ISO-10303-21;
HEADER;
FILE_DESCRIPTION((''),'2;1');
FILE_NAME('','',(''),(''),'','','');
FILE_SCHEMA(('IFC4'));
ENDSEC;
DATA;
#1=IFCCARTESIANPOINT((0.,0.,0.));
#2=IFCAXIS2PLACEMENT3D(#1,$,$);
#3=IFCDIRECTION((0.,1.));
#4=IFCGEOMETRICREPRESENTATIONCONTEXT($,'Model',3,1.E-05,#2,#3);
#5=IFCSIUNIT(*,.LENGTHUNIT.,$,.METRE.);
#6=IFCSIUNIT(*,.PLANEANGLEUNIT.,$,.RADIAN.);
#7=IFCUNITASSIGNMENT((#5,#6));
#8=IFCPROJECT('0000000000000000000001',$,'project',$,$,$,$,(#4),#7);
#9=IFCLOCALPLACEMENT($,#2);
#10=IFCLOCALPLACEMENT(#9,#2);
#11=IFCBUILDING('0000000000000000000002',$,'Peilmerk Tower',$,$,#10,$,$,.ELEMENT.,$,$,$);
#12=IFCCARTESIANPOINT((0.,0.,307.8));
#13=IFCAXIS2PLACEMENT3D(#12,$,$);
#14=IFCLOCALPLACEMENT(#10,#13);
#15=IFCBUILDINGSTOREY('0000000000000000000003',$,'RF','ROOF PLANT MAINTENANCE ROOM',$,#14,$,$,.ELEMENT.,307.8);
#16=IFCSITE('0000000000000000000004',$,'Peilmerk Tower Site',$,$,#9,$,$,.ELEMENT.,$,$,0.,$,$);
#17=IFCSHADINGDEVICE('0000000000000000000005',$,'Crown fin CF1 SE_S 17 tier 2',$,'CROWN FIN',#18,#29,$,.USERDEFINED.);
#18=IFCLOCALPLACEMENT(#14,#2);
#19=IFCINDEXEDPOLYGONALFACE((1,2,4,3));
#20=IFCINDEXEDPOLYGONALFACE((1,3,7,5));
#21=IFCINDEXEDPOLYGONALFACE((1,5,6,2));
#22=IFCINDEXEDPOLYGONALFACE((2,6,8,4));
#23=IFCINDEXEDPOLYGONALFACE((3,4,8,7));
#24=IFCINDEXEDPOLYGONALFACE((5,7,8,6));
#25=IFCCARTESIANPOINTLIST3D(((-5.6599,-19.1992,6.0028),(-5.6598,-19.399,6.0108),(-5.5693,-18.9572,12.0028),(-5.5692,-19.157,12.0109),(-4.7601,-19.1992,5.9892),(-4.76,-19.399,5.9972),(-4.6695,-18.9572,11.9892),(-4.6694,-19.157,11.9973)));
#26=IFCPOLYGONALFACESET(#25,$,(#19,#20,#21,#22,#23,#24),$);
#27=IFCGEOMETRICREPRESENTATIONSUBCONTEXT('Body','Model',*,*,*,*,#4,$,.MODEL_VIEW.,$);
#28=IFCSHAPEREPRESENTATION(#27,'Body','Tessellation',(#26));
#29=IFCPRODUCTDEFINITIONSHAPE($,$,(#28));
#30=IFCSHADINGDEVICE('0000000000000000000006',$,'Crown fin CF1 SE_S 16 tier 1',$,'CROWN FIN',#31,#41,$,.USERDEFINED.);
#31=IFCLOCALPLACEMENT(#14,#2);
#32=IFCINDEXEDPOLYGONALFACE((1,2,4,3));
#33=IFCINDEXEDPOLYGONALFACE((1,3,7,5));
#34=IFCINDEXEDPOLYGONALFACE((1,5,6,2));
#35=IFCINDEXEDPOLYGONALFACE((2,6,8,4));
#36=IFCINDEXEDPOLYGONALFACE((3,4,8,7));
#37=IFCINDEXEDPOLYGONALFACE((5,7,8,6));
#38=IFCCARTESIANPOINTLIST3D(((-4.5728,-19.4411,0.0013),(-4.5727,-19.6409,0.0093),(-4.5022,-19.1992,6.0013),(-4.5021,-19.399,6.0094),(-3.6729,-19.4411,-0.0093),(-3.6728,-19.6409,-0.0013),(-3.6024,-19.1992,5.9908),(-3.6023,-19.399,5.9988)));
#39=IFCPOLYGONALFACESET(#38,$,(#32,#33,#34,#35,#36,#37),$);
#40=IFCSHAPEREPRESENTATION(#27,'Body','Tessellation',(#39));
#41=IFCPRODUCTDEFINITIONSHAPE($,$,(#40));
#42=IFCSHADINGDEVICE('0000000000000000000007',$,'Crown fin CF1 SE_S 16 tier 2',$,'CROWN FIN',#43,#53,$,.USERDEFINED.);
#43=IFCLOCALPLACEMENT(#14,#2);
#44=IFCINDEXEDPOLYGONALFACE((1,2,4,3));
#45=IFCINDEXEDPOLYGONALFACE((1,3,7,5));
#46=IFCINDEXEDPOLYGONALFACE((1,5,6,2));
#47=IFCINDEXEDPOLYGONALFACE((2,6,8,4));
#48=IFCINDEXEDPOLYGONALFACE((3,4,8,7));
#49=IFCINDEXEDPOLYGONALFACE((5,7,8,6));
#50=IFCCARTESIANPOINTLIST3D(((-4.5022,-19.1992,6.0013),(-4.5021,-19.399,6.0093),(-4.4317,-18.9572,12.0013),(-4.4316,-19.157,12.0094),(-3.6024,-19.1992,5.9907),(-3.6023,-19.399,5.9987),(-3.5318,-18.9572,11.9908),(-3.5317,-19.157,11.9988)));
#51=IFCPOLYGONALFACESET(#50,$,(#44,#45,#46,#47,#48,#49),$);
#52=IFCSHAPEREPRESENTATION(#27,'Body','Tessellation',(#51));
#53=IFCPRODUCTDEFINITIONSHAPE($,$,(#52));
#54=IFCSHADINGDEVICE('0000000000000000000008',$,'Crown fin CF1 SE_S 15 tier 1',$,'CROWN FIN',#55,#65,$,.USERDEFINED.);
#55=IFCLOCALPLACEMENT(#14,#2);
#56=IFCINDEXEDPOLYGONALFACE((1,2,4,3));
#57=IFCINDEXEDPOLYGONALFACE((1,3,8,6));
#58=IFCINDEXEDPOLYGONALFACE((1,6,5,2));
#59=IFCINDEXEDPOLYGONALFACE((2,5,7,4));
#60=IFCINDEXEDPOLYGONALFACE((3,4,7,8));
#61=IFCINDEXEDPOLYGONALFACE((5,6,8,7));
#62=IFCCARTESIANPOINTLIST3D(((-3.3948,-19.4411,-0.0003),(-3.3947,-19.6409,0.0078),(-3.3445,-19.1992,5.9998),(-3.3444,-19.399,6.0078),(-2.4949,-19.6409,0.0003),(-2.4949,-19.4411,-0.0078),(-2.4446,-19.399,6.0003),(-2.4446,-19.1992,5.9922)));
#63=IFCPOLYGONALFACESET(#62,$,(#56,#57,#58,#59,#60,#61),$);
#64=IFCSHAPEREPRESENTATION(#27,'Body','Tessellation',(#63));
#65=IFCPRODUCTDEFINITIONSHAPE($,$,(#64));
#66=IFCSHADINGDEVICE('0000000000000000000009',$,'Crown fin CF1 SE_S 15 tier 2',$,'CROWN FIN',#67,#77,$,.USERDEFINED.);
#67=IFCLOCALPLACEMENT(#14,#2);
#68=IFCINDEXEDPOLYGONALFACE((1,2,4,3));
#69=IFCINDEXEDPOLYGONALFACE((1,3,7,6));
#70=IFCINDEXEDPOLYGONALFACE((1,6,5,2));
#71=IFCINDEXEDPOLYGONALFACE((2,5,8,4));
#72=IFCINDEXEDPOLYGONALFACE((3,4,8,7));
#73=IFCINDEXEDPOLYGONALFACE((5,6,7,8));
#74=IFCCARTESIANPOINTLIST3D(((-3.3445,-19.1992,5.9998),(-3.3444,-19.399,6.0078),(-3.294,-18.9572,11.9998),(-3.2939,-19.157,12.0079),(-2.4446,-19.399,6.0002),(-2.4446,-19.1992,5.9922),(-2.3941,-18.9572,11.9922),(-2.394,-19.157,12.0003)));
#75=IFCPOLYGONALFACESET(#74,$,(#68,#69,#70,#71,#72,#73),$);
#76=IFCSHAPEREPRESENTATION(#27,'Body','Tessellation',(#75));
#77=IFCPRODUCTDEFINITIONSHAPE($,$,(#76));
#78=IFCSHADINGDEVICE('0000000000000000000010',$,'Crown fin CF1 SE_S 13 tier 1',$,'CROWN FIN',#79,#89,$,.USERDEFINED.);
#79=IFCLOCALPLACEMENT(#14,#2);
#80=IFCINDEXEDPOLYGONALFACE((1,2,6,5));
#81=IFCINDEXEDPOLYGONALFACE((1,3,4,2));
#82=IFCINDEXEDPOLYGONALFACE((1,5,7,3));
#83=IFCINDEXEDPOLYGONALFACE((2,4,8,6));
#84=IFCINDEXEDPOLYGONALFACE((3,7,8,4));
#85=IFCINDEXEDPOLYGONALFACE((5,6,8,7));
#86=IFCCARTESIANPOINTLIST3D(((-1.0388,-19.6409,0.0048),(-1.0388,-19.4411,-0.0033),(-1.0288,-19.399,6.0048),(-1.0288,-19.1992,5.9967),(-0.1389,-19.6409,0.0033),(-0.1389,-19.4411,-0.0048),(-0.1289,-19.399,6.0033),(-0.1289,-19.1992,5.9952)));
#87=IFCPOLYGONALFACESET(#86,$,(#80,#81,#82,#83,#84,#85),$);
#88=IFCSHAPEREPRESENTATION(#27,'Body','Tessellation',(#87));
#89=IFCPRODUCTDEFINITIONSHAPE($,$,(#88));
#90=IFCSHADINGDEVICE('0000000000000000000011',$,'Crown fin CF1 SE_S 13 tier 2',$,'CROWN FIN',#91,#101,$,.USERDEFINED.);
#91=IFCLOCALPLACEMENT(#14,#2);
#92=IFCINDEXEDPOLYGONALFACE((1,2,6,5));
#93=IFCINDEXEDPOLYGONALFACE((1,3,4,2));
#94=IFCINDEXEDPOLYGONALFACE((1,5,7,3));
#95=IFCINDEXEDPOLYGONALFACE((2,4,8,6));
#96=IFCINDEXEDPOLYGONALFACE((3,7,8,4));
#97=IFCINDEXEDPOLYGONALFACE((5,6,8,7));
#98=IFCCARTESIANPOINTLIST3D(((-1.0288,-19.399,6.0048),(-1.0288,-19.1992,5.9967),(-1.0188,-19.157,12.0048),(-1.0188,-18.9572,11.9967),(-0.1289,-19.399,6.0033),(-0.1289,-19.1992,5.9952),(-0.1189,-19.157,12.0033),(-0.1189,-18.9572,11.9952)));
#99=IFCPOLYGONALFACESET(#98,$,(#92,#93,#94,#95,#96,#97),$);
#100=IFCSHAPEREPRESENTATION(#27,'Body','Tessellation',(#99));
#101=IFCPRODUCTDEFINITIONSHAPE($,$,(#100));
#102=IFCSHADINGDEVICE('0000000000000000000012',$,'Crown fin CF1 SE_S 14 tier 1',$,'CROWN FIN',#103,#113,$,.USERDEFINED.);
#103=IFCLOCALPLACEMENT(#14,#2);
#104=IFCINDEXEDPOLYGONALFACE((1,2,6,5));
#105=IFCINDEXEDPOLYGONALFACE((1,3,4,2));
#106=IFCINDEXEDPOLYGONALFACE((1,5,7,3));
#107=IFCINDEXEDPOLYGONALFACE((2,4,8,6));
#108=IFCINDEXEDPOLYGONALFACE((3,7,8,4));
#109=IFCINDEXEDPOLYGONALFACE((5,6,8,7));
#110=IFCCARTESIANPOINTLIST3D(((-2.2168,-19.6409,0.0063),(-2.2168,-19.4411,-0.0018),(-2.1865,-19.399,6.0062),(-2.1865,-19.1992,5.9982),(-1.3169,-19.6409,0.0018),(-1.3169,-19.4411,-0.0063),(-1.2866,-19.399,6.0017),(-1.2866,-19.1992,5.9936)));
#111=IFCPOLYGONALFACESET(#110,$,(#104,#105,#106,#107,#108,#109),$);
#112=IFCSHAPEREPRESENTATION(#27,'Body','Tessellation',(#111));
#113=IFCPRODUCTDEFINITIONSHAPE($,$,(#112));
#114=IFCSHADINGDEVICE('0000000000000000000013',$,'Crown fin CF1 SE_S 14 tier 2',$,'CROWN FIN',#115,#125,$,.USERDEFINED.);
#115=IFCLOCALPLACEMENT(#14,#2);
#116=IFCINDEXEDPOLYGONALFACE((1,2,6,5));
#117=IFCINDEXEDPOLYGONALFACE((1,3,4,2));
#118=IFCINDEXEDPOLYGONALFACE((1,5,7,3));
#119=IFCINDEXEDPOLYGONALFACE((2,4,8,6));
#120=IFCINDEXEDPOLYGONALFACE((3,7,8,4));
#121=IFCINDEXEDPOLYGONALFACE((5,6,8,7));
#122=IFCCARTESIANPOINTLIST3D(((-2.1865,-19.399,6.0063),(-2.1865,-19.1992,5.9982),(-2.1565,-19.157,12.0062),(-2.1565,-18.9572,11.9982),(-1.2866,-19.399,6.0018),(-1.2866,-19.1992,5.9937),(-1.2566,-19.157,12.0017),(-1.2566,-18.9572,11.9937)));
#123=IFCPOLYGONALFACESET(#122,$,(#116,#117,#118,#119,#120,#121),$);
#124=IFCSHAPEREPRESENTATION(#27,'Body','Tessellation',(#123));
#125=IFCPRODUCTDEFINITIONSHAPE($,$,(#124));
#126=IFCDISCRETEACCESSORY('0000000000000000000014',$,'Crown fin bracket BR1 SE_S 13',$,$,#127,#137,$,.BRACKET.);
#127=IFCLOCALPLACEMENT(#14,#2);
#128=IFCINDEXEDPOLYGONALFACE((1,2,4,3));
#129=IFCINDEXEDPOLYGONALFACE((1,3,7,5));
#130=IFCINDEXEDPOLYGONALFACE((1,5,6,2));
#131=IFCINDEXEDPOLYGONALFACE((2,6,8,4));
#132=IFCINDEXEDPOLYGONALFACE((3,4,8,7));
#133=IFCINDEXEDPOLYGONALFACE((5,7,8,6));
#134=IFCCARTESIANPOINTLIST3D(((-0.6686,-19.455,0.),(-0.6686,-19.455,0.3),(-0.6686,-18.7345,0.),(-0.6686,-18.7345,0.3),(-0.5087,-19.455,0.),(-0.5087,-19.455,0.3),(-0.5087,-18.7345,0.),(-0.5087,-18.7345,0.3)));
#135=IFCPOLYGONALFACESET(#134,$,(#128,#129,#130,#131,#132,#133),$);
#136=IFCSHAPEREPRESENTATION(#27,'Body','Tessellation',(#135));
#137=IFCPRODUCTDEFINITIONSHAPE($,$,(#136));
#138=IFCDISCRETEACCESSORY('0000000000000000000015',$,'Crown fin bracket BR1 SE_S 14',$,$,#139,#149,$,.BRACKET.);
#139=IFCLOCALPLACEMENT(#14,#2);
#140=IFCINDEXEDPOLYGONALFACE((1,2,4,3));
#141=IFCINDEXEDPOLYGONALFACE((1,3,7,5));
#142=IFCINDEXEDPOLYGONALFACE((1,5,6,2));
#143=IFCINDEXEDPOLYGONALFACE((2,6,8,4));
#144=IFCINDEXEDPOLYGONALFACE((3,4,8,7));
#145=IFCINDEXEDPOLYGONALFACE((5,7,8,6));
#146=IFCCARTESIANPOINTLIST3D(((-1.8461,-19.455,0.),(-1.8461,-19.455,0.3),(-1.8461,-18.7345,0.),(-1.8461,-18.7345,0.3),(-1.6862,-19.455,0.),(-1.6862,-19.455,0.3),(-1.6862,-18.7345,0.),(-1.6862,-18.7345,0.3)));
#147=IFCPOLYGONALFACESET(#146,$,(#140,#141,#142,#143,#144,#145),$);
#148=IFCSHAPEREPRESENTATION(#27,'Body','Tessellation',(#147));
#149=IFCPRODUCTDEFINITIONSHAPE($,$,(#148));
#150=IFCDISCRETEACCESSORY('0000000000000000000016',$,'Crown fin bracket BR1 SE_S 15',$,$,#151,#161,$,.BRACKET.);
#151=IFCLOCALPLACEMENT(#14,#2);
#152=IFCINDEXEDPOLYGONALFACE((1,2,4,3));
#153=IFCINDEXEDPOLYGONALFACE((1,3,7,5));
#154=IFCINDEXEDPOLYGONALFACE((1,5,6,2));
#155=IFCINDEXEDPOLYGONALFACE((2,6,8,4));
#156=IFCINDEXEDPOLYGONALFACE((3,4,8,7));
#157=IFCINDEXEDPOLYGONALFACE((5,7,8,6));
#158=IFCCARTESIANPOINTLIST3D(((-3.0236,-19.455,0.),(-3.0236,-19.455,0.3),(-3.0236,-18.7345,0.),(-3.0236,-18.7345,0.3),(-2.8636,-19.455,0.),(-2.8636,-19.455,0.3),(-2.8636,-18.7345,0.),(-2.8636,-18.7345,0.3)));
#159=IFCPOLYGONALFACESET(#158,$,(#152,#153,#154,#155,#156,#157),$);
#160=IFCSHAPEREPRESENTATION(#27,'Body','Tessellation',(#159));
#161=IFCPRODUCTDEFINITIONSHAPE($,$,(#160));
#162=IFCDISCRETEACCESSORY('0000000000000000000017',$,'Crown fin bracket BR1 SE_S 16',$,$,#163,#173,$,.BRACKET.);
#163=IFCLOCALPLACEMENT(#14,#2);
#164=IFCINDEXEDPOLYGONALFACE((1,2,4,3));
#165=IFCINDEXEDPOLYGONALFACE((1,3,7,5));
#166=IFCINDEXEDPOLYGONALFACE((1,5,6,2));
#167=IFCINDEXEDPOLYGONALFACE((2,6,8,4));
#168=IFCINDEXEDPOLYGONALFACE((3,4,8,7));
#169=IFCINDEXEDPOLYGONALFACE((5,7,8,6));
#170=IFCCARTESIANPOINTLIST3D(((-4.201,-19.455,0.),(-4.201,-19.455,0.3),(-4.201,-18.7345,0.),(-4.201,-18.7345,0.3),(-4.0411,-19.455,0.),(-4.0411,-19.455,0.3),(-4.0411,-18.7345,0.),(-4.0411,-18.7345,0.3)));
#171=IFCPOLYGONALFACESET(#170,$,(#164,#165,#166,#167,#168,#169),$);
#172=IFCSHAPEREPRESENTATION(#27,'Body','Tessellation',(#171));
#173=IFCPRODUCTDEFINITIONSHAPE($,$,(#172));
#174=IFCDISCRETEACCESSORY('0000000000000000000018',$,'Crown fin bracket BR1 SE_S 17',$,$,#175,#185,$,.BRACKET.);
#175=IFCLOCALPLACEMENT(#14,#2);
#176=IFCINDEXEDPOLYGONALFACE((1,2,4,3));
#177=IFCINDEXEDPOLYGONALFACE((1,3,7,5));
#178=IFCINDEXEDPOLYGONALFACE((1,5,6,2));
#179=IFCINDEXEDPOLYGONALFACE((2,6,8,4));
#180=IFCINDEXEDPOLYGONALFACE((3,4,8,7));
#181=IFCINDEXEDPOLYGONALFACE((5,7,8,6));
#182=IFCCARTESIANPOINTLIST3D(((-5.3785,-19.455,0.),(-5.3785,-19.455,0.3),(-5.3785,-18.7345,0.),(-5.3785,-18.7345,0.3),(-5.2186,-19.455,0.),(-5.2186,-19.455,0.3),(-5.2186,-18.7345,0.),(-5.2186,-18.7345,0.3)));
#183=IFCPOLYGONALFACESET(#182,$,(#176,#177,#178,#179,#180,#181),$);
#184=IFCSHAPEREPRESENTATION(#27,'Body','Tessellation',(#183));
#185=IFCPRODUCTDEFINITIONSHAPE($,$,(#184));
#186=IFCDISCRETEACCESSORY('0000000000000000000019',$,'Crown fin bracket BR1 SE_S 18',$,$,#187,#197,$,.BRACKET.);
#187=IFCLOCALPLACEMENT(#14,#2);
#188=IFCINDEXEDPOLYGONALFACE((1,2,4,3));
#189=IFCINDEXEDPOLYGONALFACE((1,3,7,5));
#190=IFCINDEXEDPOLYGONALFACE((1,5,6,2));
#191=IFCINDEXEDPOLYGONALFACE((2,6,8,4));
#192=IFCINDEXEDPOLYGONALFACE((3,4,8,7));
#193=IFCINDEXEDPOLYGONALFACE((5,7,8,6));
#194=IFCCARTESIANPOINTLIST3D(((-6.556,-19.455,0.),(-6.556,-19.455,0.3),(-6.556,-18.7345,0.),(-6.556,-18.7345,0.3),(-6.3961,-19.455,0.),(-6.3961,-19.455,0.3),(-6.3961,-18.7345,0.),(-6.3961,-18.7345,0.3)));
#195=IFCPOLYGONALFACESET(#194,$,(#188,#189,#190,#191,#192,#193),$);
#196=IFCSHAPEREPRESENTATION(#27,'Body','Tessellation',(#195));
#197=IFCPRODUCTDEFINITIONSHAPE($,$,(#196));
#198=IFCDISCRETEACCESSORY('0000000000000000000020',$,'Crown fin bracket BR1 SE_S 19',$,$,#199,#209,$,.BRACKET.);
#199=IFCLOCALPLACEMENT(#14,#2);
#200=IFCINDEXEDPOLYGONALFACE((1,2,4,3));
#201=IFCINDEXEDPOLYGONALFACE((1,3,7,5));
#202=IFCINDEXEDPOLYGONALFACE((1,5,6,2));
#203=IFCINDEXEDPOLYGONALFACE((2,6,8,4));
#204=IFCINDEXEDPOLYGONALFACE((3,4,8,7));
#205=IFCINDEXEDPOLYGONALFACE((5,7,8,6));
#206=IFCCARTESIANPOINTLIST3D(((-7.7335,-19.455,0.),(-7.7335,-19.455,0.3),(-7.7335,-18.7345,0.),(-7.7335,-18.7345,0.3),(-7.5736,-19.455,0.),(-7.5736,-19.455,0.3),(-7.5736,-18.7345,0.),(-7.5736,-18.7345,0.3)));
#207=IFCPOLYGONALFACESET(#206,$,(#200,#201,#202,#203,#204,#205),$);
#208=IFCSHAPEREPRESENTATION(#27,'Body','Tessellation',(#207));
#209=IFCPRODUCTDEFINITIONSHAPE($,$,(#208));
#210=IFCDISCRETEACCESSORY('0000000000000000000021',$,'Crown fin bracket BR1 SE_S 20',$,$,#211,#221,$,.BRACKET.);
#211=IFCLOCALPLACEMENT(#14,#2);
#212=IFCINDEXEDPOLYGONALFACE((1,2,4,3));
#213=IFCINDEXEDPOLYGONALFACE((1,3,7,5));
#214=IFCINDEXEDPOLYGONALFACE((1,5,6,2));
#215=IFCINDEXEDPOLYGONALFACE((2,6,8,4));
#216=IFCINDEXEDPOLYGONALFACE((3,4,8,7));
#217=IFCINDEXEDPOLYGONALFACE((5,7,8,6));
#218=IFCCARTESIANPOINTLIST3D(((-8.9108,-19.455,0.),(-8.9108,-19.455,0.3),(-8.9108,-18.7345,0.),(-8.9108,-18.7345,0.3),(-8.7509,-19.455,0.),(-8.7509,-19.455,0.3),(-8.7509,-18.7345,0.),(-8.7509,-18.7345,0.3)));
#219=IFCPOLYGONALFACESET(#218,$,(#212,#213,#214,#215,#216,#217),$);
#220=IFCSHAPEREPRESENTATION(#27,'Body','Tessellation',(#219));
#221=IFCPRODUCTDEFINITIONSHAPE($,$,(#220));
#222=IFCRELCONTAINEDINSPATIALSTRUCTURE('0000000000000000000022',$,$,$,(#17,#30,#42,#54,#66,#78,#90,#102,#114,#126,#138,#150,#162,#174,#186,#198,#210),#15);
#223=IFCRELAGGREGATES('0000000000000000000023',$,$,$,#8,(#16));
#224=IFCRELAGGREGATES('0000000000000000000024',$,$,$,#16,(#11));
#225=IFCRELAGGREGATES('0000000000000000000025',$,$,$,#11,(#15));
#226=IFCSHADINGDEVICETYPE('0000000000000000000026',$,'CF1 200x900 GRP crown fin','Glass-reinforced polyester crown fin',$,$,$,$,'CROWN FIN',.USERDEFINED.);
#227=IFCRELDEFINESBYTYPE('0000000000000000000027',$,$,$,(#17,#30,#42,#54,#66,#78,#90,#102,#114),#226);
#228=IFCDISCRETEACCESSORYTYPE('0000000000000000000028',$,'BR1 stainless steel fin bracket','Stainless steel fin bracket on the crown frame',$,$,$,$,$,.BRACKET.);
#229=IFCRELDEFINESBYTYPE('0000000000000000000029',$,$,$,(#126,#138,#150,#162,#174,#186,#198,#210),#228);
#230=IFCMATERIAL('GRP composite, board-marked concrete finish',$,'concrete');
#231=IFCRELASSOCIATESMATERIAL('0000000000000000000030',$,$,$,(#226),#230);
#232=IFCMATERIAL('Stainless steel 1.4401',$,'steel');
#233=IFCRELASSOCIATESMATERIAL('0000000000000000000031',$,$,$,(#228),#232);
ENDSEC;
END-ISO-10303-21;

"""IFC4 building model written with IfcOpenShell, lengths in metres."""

from ifc_helpers import new_model, si_unit, direction, frame, origin, origin_2d, place, context, subcontext, project, spatial, rectangle, extrude, source, transform, mapped, material, material_profile, profile_set, type_object, element, save


model = new_model("IFC4")

# Units and contexts
model_context = context("Model", 3, precision=1e-05, world=origin(), true_north=direction((0.0, 1.0)))
body_context = subcontext(model_context, "Body", "Model", "MODEL_VIEW")
ifc_project = project(units=[si_unit("LENGTHUNIT", "METRE"), si_unit("PLANEANGLEUNIT", "RADIAN")], contexts=[model_context])

# Site, building, storey
site_placement = place(None, origin())
site = spatial("IfcSite", under=ifc_project, at=site_placement, Name="Peilmerk Tower Site", CompositionType="ELEMENT", RefElevation=0.0)
building_placement = place(site_placement, origin())
building = spatial("IfcBuilding", under=site, at=building_placement, Name="Peilmerk Tower", CompositionType="ELEMENT")
storey_placement = place(building_placement, frame((0.0, 0.0, 307.8)))
storey = spatial("IfcBuildingStorey", under=building, at=storey_placement, Name="RF", Description="ROOF PLANT MAINTENANCE ROOM", CompositionType="ELEMENT", Elevation=307.8)

# Shading devices
ifc_material_1 = material(Name="GRP composite, board-marked concrete finish", Category="concrete")
ifc_material_profile = material_profile(ifc_material_1, rectangle(XDim=0.2, YDim=0.8999, at=origin_2d()), Name="CF1 200x900")
ifc_profile_set = profile_set([ifc_material_profile], Name="GRP composite, board-marked concrete finish")
shading_device_type = type_object("IfcShadingDeviceType", Name="CF1 200x900 GRP crown fin", Description="Glass-reinforced polyester crown fin", ElementType="CROWN FIN", PredefinedType="USERDEFINED", material=ifc_profile_set)
shared_shape_1 = source(origin(), body_context, "Body", "SweptSolid", [
    extrude(rectangle(XDim=0.2, YDim=0.8999, at=origin_2d()), origin(), (0.0, 0.0, 1.0), 6.0056),
])
for number, where, z_axis, x_axis, name in (
    (1, (-5.21, -19.2991, 6.0), (0.015082, 0.040287, 0.999074), (0.000608, -0.999188, 0.040282), "Crown fin CF1 SE_S 17 tier 2"),
):
    element("IfcShadingDevice", number, at=place(storey_placement, frame(where, z_axis=z_axis, x_axis=x_axis)), inside=storey, type_object=shading_device_type, Name=name, ObjectType="CROWN FIN", PredefinedType="USERDEFINED", context=body_context, shape_type="MappedRepresentation", body=[
        mapped(shared_shape_1, transform((0.0, 0.0, 0.0), scale=1.0)),
    ])
shared_shape_2 = source(origin(), body_context, "Body", "SweptSolid", [
    extrude(rectangle(XDim=0.2, YDim=0.8999, at=origin_2d()), origin(), (0.0, 0.0, 1.0), 6.0054),
])
for number, where, z_axis, x_axis, name in (
    (2, (-4.1228, -19.541, 0.0), (0.011749, 0.040288, 0.999119), (0.000474, -0.999188, 0.040286), "Crown fin CF1 SE_S 16 tier 1"),
    (3, (-4.0522, -19.2991, 6.0), (0.011749, 0.040288, 0.999119), (0.000474, -0.999188, 0.040286), "Crown fin CF1 SE_S 16 tier 2"),
):
    element("IfcShadingDevice", number, at=place(storey_placement, frame(where, z_axis=z_axis, x_axis=x_axis)), inside=storey, type_object=shading_device_type, Name=name, ObjectType="CROWN FIN", PredefinedType="USERDEFINED", context=body_context, shape_type="MappedRepresentation", body=[
        mapped(shared_shape_2, transform((0.0, 0.0, 0.0), scale=1.0)),
    ])
shared_shape_3 = source(origin(), body_context, "Body", "SweptSolid", [
    extrude(rectangle(XDim=0.2, YDim=0.8999, at=origin_2d()), origin(), (0.0, 0.0, 1.0), 6.0051),
])
for number, where, z_axis, x_axis, name in (
    (4, (-2.9448, -19.541, 0.0), (0.008375, 0.04029, 0.999153), (0.000338, -0.999188, 0.040288), "Crown fin CF1 SE_S 15 tier 1"),
    (5, (-2.8945, -19.2991, 6.0), (0.008416, 0.04029, 0.999153), (0.000339, -0.999188, 0.040288), "Crown fin CF1 SE_S 15 tier 2"),
):
    element("IfcShadingDevice", number, at=place(storey_placement, frame(where, z_axis=z_axis, x_axis=x_axis)), inside=storey, type_object=shading_device_type, Name=name, ObjectType="CROWN FIN", PredefinedType="USERDEFINED", context=body_context, shape_type="MappedRepresentation", body=[
        mapped(shared_shape_3, transform((0.0, 0.0, 0.0), scale=1.0)),
    ])
shared_shape_4 = source(origin(), body_context, "Body", "SweptSolid", [
    extrude(rectangle(XDim=0.2, YDim=0.8999, at=origin_2d()), origin(), (0.0, 0.0, 1.0), 6.0049),
])
for number, where, z_axis, x_axis, name in (
    (6, (-0.5889, -19.541, 0.0), (0.001667, 0.040291, 0.999187), (0.000067, -0.999188, 0.040291), "Crown fin CF1 SE_S 13 tier 1"),
    (7, (-0.5789, -19.2991, 6.0), (0.001667, 0.040291, 0.999187), (0.000067, -0.999188, 0.040291), "Crown fin CF1 SE_S 13 tier 2"),
    (8, (-1.7668, -19.541, 0.0), (0.005041, 0.040291, 0.999175), (0.000203, -0.999188, 0.04029), "Crown fin CF1 SE_S 14 tier 1"),
    (9, (-1.7366, -19.2991, 6.0), (0.005001, 0.040291, 0.999175), (0.000202, -0.999188, 0.04029), "Crown fin CF1 SE_S 14 tier 2"),
):
    element("IfcShadingDevice", number, at=place(storey_placement, frame(where, z_axis=z_axis, x_axis=x_axis)), inside=storey, type_object=shading_device_type, Name=name, ObjectType="CROWN FIN", PredefinedType="USERDEFINED", context=body_context, shape_type="MappedRepresentation", body=[
        mapped(shared_shape_4, transform((0.0, 0.0, 0.0), scale=1.0)),
    ])

# Discrete accessories
ifc_material_2 = material(Name="Stainless steel 1.4401", Category="steel")
discrete_accessory_type = type_object("IfcDiscreteAccessoryType", Name="BR1 stainless steel fin bracket", Description="Stainless steel fin bracket on the crown frame", PredefinedType="BRACKET", material=ifc_material_2)
shared_shape_5 = source(origin(), body_context, "Body", "SweptSolid", [
    extrude(rectangle(XDim=0.7205, YDim=0.1599, at=origin_2d()), origin(), (0.0, 0.0, 1.0), 0.3),
])
for number, where, z_axis, x_axis, name in (
    (10, (-0.5886, -19.0947, 0.0), (0.0, 0.0, 1.0), (0.0, -1.0, 0.0), "Crown fin bracket BR1 SE_S 13"),
    (11, (-1.7661, -19.0947, 0.0), (0.0, 0.0, 1.0), (0.0, -1.0, 0.0), "Crown fin bracket BR1 SE_S 14"),
    (12, (-2.9436, -19.0947, 0.0), (0.0, 0.0, 1.0), (0.0, -1.0, 0.0), "Crown fin bracket BR1 SE_S 15"),
    (13, (-4.1211, -19.0947, 0.0), (0.0, 0.0, 1.0), (0.0, -1.0, 0.0), "Crown fin bracket BR1 SE_S 16"),
    (14, (-5.2986, -19.0947, 0.0), (0.0, 0.0, 1.0), (0.0, -1.0, 0.0), "Crown fin bracket BR1 SE_S 17"),
    (15, (-6.4761, -19.0947, 0.0), (0.0, 0.0, 1.0), (0.0, -1.0, 0.0), "Crown fin bracket BR1 SE_S 18"),
    (16, (-7.6536, -19.0947, 0.0), (0.0, 0.0, 1.0), (0.0, -1.0, 0.0), "Crown fin bracket BR1 SE_S 19"),
    (17, (-8.8308, -19.0947, 0.0), (0.0, 0.0, 1.0), (0.0, -1.0, 0.0), "Crown fin bracket BR1 SE_S 20"),
):
    element("IfcDiscreteAccessory", number, at=place(storey_placement, frame(where, z_axis=z_axis, x_axis=x_axis)), inside=storey, type_object=discrete_accessory_type, Name=name, PredefinedType="BRACKET", context=body_context, shape_type="MappedRepresentation", body=[
        mapped(shared_shape_5, transform((0.0, 0.0, 0.0), scale=1.0)),
    ])

save(model, "model.ifc")
